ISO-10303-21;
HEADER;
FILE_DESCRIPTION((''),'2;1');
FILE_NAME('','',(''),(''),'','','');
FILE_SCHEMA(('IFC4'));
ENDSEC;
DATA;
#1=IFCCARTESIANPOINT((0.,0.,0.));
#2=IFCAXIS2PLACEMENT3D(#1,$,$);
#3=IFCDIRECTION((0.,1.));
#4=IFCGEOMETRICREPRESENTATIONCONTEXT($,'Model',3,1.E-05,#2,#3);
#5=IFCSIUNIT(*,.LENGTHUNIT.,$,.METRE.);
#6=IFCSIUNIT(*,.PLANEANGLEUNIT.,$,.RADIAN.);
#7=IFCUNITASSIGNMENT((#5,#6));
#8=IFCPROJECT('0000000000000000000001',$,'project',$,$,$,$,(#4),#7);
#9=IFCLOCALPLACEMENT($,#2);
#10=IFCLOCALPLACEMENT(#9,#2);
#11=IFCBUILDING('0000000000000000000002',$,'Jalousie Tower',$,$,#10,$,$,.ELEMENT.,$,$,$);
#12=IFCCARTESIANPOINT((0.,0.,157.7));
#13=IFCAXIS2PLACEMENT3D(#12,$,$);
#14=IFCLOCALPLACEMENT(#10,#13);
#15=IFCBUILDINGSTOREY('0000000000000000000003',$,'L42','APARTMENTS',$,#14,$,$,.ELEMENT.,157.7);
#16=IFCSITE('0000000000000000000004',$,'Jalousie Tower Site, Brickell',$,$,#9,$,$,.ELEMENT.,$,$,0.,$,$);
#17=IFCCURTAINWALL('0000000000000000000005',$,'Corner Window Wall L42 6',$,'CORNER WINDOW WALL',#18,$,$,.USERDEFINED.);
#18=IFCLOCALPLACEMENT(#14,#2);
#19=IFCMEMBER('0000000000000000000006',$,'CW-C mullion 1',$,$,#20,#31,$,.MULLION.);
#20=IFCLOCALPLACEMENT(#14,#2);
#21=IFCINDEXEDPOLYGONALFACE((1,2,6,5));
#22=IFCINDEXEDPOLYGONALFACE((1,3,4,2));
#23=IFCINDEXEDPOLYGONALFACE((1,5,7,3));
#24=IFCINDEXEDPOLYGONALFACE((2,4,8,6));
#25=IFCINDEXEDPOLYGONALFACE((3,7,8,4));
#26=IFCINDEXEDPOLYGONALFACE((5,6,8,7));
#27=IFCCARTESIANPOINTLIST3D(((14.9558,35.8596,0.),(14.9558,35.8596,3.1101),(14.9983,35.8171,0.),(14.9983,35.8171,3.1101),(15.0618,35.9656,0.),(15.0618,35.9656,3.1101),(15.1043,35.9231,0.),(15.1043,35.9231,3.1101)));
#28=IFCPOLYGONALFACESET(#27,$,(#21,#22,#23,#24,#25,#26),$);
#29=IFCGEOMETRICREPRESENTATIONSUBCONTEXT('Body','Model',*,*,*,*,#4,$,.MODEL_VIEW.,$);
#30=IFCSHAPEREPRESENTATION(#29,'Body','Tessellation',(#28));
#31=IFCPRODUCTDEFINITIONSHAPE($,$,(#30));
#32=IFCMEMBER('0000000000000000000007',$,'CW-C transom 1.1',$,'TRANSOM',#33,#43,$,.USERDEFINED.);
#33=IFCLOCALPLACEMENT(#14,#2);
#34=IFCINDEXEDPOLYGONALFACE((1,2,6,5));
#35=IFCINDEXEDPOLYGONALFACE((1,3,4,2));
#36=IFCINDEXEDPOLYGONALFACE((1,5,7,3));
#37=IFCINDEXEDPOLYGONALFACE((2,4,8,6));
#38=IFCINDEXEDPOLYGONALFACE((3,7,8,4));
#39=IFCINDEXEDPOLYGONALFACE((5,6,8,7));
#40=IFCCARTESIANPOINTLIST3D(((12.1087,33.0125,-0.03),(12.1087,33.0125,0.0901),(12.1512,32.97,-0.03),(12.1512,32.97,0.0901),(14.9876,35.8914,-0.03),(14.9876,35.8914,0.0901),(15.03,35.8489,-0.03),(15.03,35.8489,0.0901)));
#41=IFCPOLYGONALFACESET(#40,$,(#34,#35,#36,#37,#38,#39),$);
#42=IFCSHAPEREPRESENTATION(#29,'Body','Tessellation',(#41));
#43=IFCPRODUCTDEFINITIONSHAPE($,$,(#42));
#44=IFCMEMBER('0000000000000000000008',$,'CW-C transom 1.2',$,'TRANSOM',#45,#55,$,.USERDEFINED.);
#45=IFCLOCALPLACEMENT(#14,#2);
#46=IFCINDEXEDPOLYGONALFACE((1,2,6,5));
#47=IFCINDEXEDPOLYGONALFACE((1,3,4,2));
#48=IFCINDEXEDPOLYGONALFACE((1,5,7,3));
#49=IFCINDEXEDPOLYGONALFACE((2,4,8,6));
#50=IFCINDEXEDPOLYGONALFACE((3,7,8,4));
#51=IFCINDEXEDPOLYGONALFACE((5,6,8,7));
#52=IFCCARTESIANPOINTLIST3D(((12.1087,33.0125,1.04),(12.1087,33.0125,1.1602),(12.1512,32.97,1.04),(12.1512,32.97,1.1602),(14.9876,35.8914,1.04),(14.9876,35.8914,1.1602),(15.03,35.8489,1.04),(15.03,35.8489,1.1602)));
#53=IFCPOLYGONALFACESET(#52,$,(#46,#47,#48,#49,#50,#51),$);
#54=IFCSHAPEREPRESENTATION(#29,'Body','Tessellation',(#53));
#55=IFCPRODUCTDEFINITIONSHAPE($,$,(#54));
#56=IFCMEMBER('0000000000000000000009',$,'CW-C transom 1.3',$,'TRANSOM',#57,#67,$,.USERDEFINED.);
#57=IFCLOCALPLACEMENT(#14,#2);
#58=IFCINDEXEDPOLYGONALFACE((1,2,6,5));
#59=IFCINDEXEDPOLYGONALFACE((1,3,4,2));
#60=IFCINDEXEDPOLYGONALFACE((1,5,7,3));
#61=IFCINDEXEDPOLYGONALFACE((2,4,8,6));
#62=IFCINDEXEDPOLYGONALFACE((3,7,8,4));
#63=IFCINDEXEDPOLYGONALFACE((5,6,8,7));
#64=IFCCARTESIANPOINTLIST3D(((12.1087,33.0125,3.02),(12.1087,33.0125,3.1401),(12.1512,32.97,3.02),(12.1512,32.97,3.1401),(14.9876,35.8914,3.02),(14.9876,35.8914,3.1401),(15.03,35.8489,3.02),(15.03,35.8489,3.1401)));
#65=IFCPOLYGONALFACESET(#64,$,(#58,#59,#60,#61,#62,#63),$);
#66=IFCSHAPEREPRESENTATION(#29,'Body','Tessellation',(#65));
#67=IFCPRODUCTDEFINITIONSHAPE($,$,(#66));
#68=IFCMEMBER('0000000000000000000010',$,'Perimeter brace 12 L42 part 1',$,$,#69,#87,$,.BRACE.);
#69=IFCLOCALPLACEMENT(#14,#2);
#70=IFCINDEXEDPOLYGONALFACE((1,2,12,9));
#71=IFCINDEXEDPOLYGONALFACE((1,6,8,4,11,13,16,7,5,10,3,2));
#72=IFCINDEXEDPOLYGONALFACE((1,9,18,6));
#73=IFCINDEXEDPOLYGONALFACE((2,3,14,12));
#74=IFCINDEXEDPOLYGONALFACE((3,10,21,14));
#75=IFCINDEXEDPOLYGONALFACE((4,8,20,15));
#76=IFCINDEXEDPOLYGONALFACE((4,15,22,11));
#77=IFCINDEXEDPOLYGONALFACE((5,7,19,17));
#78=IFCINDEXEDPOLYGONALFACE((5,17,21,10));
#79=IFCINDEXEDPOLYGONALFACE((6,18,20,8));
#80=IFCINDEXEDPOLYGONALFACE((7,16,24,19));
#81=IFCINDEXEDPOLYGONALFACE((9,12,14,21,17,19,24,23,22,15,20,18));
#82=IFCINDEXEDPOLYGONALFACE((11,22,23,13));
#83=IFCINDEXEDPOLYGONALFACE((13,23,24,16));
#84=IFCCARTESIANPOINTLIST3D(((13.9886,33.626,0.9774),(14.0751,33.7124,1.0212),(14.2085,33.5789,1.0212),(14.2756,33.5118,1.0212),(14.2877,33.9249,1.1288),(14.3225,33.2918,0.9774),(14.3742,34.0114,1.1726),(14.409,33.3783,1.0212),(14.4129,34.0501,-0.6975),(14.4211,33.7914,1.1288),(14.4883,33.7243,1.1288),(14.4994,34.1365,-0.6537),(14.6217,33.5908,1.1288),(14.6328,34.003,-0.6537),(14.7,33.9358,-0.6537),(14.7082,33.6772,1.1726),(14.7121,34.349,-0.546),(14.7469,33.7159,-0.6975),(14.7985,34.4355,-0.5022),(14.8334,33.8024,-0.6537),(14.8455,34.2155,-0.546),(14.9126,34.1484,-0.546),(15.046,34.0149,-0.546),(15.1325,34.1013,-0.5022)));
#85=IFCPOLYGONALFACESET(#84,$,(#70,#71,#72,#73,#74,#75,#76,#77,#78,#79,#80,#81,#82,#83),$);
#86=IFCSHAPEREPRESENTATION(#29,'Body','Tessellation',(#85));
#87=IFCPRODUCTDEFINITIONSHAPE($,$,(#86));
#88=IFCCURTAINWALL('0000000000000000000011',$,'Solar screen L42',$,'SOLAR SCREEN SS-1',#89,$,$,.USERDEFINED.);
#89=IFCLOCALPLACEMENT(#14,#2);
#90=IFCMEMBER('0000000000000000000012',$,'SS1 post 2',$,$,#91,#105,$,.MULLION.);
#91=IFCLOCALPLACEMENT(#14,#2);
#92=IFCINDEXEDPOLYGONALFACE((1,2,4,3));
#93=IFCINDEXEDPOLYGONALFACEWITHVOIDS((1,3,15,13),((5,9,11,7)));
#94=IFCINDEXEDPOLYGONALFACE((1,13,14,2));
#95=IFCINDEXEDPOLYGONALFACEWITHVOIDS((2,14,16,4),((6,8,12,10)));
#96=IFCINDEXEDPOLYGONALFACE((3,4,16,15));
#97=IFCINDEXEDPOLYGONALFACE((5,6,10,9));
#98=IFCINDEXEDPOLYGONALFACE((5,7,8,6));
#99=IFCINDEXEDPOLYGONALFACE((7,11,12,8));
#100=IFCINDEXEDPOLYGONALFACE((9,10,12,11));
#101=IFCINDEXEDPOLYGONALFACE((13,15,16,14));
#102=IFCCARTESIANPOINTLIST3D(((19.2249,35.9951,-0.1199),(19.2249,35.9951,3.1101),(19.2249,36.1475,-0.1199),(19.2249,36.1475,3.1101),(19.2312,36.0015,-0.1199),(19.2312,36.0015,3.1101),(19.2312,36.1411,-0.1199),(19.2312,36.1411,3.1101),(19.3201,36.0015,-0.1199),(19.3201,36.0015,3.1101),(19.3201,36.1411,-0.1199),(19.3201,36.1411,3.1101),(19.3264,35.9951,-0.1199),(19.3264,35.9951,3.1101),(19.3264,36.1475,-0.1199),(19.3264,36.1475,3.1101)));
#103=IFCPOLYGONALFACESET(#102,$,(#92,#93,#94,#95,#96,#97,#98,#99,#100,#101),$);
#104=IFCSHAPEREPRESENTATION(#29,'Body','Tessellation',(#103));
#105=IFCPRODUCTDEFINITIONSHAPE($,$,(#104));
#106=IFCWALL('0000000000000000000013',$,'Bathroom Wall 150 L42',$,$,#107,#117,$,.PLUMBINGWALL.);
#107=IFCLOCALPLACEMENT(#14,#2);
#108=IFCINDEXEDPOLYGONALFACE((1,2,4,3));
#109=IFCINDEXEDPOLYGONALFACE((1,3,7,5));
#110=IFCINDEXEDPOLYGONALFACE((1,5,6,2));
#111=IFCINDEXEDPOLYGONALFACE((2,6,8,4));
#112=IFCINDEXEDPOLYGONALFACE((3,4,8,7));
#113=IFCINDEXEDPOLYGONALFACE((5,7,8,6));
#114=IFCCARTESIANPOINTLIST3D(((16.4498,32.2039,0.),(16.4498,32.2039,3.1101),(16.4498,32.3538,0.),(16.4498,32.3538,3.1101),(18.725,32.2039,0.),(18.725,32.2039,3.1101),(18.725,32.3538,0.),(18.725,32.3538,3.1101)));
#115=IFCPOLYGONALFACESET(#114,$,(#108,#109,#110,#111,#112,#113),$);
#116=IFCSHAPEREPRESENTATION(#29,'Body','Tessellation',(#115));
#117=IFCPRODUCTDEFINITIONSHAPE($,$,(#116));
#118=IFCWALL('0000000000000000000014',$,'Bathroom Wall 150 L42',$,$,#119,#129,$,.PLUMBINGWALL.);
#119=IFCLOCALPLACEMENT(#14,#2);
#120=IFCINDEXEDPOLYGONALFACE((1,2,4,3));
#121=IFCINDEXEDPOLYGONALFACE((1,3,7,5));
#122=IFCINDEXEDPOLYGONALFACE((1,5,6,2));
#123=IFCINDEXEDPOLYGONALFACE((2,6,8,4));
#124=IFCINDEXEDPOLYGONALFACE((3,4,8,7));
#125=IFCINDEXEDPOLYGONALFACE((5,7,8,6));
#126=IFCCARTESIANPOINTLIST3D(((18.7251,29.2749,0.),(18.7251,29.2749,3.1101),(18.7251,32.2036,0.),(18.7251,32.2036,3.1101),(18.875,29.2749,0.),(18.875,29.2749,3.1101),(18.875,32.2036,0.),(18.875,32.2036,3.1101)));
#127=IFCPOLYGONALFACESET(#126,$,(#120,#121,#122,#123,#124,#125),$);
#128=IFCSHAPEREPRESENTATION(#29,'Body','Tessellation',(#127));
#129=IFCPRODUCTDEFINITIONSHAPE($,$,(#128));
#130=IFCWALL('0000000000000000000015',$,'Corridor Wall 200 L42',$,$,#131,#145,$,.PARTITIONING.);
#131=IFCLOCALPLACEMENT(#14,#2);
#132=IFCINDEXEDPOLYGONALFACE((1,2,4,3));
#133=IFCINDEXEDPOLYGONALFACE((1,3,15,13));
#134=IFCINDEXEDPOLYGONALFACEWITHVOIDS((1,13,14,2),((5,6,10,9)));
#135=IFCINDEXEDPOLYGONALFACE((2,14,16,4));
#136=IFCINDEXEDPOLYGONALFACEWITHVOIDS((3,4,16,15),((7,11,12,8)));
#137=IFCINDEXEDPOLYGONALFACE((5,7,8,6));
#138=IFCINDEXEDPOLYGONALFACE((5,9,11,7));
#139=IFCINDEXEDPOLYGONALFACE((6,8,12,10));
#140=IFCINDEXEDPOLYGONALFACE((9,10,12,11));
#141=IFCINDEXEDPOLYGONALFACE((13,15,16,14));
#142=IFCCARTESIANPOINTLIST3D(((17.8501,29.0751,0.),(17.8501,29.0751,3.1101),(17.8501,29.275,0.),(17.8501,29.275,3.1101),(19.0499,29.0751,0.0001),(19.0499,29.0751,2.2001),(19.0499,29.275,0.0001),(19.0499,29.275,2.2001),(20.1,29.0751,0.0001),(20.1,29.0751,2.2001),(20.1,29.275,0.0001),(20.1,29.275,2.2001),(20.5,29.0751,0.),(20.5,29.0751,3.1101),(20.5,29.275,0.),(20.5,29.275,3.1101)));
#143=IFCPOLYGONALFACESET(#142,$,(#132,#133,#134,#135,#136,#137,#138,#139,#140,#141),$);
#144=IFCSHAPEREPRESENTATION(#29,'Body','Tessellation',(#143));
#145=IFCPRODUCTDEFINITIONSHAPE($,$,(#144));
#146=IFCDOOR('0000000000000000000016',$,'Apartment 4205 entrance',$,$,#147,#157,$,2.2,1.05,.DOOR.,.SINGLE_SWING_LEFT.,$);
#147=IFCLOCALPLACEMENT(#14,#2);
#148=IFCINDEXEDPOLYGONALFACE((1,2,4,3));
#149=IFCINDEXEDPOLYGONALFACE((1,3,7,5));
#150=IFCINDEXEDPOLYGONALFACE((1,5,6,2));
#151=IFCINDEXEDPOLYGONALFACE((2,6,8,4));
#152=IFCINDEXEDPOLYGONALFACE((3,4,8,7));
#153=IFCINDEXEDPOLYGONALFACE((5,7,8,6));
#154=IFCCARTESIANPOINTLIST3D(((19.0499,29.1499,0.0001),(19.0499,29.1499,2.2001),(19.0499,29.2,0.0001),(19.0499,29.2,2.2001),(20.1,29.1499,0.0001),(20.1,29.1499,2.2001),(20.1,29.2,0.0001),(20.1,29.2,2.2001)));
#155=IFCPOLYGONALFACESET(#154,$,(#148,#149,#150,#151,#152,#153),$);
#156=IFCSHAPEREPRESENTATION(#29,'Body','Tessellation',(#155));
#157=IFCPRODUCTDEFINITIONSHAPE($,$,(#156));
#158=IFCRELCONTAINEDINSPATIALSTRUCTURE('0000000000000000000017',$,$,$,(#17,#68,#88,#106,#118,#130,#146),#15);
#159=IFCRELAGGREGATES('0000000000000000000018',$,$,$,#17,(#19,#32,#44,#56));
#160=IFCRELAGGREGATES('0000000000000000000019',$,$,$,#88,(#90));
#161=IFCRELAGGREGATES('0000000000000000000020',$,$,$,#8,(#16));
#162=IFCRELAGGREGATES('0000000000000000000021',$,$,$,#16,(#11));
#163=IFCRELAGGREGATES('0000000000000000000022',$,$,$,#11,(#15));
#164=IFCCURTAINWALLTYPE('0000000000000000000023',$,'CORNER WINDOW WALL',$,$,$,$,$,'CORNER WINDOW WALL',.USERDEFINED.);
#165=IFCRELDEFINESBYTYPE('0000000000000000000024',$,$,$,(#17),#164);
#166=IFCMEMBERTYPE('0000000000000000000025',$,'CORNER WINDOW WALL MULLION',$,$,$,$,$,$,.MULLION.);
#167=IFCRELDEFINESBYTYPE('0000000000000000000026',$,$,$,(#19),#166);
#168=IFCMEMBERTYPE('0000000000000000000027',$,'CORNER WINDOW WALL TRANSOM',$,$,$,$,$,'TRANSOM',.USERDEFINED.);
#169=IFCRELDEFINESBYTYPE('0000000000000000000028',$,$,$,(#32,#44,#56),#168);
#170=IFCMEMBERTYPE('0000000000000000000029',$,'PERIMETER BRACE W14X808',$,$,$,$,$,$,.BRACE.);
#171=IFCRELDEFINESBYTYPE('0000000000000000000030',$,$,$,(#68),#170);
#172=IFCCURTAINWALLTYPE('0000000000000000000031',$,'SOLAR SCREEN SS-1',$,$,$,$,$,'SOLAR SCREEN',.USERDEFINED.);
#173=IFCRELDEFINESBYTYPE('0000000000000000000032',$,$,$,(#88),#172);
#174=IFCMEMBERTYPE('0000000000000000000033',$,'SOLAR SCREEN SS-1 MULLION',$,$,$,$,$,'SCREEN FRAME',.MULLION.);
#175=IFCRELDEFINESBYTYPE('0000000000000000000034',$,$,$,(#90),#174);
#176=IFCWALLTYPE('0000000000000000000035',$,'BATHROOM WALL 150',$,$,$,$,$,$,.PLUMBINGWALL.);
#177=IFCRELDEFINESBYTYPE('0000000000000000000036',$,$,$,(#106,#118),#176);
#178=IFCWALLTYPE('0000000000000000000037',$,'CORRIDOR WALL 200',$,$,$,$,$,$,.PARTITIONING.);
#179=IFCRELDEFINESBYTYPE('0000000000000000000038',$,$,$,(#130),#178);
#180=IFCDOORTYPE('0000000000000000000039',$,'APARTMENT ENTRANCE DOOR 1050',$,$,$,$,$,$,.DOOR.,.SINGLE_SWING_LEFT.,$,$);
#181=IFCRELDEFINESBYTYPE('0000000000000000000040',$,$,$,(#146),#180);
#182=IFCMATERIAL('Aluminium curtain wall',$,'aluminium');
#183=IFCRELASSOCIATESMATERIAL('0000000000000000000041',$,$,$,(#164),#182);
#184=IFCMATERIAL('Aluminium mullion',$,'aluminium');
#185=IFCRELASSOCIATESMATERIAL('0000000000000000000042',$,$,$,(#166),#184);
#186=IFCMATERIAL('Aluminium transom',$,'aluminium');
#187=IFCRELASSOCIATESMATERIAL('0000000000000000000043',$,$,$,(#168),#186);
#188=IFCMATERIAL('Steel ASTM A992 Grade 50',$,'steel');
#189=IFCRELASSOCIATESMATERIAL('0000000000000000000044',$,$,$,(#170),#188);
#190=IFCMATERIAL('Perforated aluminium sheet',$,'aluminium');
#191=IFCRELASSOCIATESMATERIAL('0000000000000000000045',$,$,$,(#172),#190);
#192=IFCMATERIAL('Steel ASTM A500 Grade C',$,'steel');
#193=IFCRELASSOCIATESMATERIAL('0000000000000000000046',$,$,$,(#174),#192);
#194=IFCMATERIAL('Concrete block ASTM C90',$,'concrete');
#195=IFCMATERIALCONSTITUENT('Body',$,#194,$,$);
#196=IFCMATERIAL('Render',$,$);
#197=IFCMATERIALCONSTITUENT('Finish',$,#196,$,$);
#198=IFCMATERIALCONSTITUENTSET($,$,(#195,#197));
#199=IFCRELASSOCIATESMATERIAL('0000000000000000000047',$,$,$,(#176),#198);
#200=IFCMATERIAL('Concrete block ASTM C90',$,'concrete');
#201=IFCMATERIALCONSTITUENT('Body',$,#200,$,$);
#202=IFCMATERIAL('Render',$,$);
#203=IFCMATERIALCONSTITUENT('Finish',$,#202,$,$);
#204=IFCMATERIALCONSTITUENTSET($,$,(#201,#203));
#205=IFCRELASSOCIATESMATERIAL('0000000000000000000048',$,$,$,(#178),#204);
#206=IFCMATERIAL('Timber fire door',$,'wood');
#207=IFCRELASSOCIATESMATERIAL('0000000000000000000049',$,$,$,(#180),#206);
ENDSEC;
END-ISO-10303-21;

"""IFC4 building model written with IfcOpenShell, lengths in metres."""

from ifc_helpers import new_model, si_unit, direction, frame, frame_2d, origin, origin_2d, place, context, subcontext, project, spatial, rectangle, hollow_rectangle, i_section, extrude, material, constituent, constituent_set, material_profile, profile_set, type_object, element, fill, aggregate, save


model = new_model("IFC4")

# Units and contexts
model_context = context("Model", 3, precision=1e-05, world=origin(), true_north=direction((0.0, 1.0)))
body_context = subcontext(model_context, "Body", "Model", "MODEL_VIEW")
ifc_project = project(units=[si_unit("LENGTHUNIT", "METRE"), si_unit("PLANEANGLEUNIT", "RADIAN")], contexts=[model_context])

# Site, building, storey
site_placement = place(None, origin())
site = spatial("IfcSite", under=ifc_project, at=site_placement, Name="Jalousie Tower Site, Brickell", CompositionType="ELEMENT", RefElevation=0.0)
building_placement = place(site_placement, origin())
building = spatial("IfcBuilding", under=site, at=building_placement, Name="Jalousie Tower", CompositionType="ELEMENT")
storey_placement = place(building_placement, frame((0.0, 0.0, 157.7)))
storey = spatial("IfcBuildingStorey", under=building, at=storey_placement, Name="L42", Description="APARTMENTS", CompositionType="ELEMENT", Elevation=157.7)

# Curtain wall, members
ifc_material_1 = material(Name="Aluminium curtain wall", Category="aluminium")
curtain_wall_type_1 = type_object("IfcCurtainWallType", Name="CORNER WINDOW WALL", ElementType="CORNER WINDOW WALL", PredefinedType="USERDEFINED", material=ifc_material_1)
curtain_wall_1_placement = place(storey_placement, origin())
curtain_wall_1 = element("IfcCurtainWall", 1, at=curtain_wall_1_placement, inside=storey, type_object=curtain_wall_type_1, Name="Corner Window Wall L42 6", ObjectType="CORNER WINDOW WALL", PredefinedType="USERDEFINED")
ifc_material_2 = material(Name="Aluminium mullion", Category="aluminium")
ifc_material_profile_1 = material_profile(ifc_material_2, rectangle(XDim=0.0601, YDim=0.1499, at=origin_2d()), Name="MULLION 60x150")
ifc_profile_set_1 = profile_set([ifc_material_profile_1], Name="Aluminium mullion")
member_type_1 = type_object("IfcMemberType", Name="CORNER WINDOW WALL MULLION", PredefinedType="MULLION", material=ifc_profile_set_1)
member_1_placement = place(storey_placement, frame((15.03, 35.8914, 0.0), z_axis=(0.0, 0.0, 1.0), x_axis=(0.707107, -0.707107, 0.0)))
member_1 = element("IfcMember", 2, at=member_1_placement, type_object=member_type_1, Name="CW-C mullion 1", PredefinedType="MULLION", context=body_context, shape_type="SweptSolid", body=[
    extrude(rectangle(XDim=0.0601, YDim=0.1499, at=origin_2d()), origin(), (0.0, 0.0, 1.0), 3.1101),
])
ifc_material_3 = material(Name="Aluminium transom", Category="aluminium")
ifc_material_profile_2 = material_profile(ifc_material_3, rectangle(XDim=0.0601, YDim=0.1201, at=origin_2d()), Name="TRANSOM 60x120")
ifc_profile_set_2 = profile_set([ifc_material_profile_2], Name="Aluminium transom")
member_type_2 = type_object("IfcMemberType", Name="CORNER WINDOW WALL TRANSOM", ElementType="TRANSOM", PredefinedType="USERDEFINED", material=ifc_profile_set_2)
member_2_placement = place(storey_placement, frame((15.0088, 35.8701, 0.03), z_axis=(-0.707107, -0.707107, 0.0), x_axis=(0.707107, -0.707107, 0.0)))
member_2 = element("IfcMember", 3, at=member_2_placement, type_object=member_type_2, Name="CW-C transom 1.1", ObjectType="TRANSOM", PredefinedType="USERDEFINED", context=body_context, shape_type="SweptSolid", body=[
    extrude(rectangle(XDim=0.0601, YDim=0.1201, at=origin_2d()), origin(), (0.0, 0.0, 1.0), 4.0713),
])
member_3_placement = place(storey_placement, frame((15.0088, 35.8701, 1.1001), z_axis=(-0.707107, -0.707107, 0.0), x_axis=(0.707107, -0.707107, 0.0)))
member_3 = element("IfcMember", 4, at=member_3_placement, type_object=member_type_2, Name="CW-C transom 1.2", ObjectType="TRANSOM", PredefinedType="USERDEFINED", context=body_context, shape_type="SweptSolid", body=[
    extrude(rectangle(XDim=0.0601, YDim=0.1201, at=origin_2d()), origin(), (0.0, 0.0, 1.0), 4.0713),
])
member_4_placement = place(storey_placement, frame((15.0088, 35.8701, 3.0801), z_axis=(-0.707107, -0.707107, 0.0), x_axis=(0.707107, -0.707107, 0.0)))
member_4 = element("IfcMember", 5, at=member_4_placement, type_object=member_type_2, Name="CW-C transom 1.3", ObjectType="TRANSOM", PredefinedType="USERDEFINED", context=body_context, shape_type="SweptSolid", body=[
    extrude(rectangle(XDim=0.0601, YDim=0.1201, at=origin_2d()), origin(), (0.0, 0.0, 1.0), 4.0713),
])
aggregate(curtain_wall_1, [member_1, member_2, member_3, member_4])

# Member
ifc_material_4 = material(Name="Steel ASTM A992 Grade 50", Category="steel")
ifc_material_profile_3 = material_profile(ifc_material_4, i_section(OverallWidth=0.4724, OverallDepth=0.5791, WebThickness=0.095, FlangeThickness=0.1299, at=origin_2d()), Name="W14X808")
ifc_profile_set_3 = profile_set([ifc_material_profile_3], Name="Steel ASTM A992 Grade 50")
member_type_3 = type_object("IfcMemberType", Name="PERIMETER BRACE W14X808", PredefinedType="BRACE", material=ifc_profile_set_3)
member_5_placement = place(storey_placement, frame((14.7727, 34.0757, -0.5999), z_axis=(-0.238514, -0.238376, 0.941429), x_axis=(0.706903, -0.70731, 0.0)))
element("IfcMember", 6, at=member_5_placement, inside=storey, type_object=member_type_3, Name="Perimeter brace 12 L42 part 1", PredefinedType="BRACE", context=body_context, shape_type="SweptSolid", body=[
    extrude(i_section(OverallWidth=0.4724, OverallDepth=0.5791, WebThickness=0.095, FlangeThickness=0.1299, at=origin_2d()), origin(), (0.0, 0.0, 1.0), 1.7791),
])

# Curtain wall, member
ifc_material_5 = material(Name="Perforated aluminium sheet", Category="aluminium")
curtain_wall_type_2 = type_object("IfcCurtainWallType", Name="SOLAR SCREEN SS-1", ElementType="SOLAR SCREEN", PredefinedType="USERDEFINED", material=ifc_material_5)
curtain_wall_2_placement = place(storey_placement, origin())
curtain_wall_2 = element("IfcCurtainWall", 7, at=curtain_wall_2_placement, inside=storey, type_object=curtain_wall_type_2, Name="Solar screen L42", ObjectType="SOLAR SCREEN SS-1", PredefinedType="USERDEFINED")
ifc_material_6 = material(Name="Steel ASTM A500 Grade C", Category="steel")
ifc_material_profile_4 = material_profile(ifc_material_6, hollow_rectangle(XDim=0.1016, YDim=0.1523, WallThickness=0.0063, at=origin_2d()), Name="HSS6X4X1/4")
ifc_profile_set_4 = profile_set([ifc_material_profile_4], Name="Steel ASTM A500 Grade C")
member_type_4 = type_object("IfcMemberType", Name="SOLAR SCREEN SS-1 MULLION", ElementType="SCREEN FRAME", PredefinedType="MULLION", material=ifc_profile_set_4)
member_6_placement = place(storey_placement, frame((19.2756, 36.0713, -0.1199), z_axis=(0.0, 0.0, 1.0), x_axis=(-1.0, 0.0, 0.0)))
member_6 = element("IfcMember", 8, at=member_6_placement, type_object=member_type_4, Name="SS1 post 2", PredefinedType="MULLION", context=body_context, shape_type="SweptSolid", body=[
    extrude(hollow_rectangle(XDim=0.1016, YDim=0.1523, WallThickness=0.0063, at=origin_2d()), origin(), (0.0, 0.0, 1.0), 3.23),
])
aggregate(curtain_wall_2, [member_6])

# Walls
ifc_material_7 = material(Name="Concrete block ASTM C90", Category="concrete")
ifc_constituent_1 = constituent(ifc_material_7, Name="Body")
ifc_material_8 = material(Name="Render")
ifc_constituent_2 = constituent(ifc_material_8, Name="Finish")
ifc_constituent_set_1 = constituent_set(constituents=[ifc_constituent_1, ifc_constituent_2])
wall_type_1 = type_object("IfcWallType", Name="BATHROOM WALL 150", PredefinedType="PLUMBINGWALL", material=ifc_constituent_set_1)
wall_1_placement = place(storey_placement, frame((18.7251, 32.2788, 0.0), z_axis=(0.0, 0.0, 1.0), x_axis=(-1.0, 0.0, 0.0)))
element("IfcWall", 9, at=wall_1_placement, inside=storey, type_object=wall_type_1, Name="Bathroom Wall 150 L42", PredefinedType="PLUMBINGWALL", context=body_context, shape_type="SweptSolid", body=[
    extrude(rectangle(XDim=2.2751, YDim=0.1499, at=frame_2d((1.1377, 0.0))), origin(), (0.0, 0.0, 1.0), 3.1101),
])
wall_2_placement = place(storey_placement, frame((18.8, 32.2036, 0.0), z_axis=(0.0, 0.0, 1.0), x_axis=(0.0, -1.0, 0.0)))
element("IfcWall", 10, at=wall_2_placement, inside=storey, type_object=wall_type_1, Name="Bathroom Wall 150 L42", PredefinedType="PLUMBINGWALL", context=body_context, shape_type="SweptSolid", body=[
    extrude(rectangle(XDim=2.9287, YDim=0.1499, at=frame_2d((1.4644, 0.0))), origin(), (0.0, 0.0, 1.0), 3.1101),
])

# Wall, opening, door
ifc_material_9 = material(Name="Concrete block ASTM C90", Category="concrete")
ifc_constituent_3 = constituent(ifc_material_9, Name="Body")
ifc_material_10 = material(Name="Render")
ifc_constituent_4 = constituent(ifc_material_10, Name="Finish")
ifc_constituent_set_2 = constituent_set(constituents=[ifc_constituent_3, ifc_constituent_4])
wall_type_2 = type_object("IfcWallType", Name="CORRIDOR WALL 200", PredefinedType="PARTITIONING", material=ifc_constituent_set_2)
wall_3_placement = place(storey_placement, frame((17.8501, 29.175, 0.0), z_axis=(0.0, 0.0, 1.0), x_axis=(1.0, 0.0, 0.0)))
wall_3 = element("IfcWall", 11, at=wall_3_placement, inside=storey, type_object=wall_type_2, Name="Corridor Wall 200 L42", PredefinedType="PARTITIONING", context=body_context, shape_type="SweptSolid", body=[
    extrude(rectangle(XDim=2.6499, YDim=0.2, at=frame_2d((1.325, 0.0))), origin(), (0.0, 0.0, 1.0), 3.1101),
])
opening_1_placement = place(wall_3_placement, frame((1.2, 0.0, 0.0)))
opening_1 = element("IfcOpeningElement", 12, at=opening_1_placement, cuts=wall_3, PredefinedType="OPENING", context=body_context, shape_type="SweptSolid", body=[
    extrude(rectangle(XDim=1.05, YDim=2.2, at=frame_2d((0.5249, 1.1001))), frame((0.0, 0.1099, 0.0), z_axis=(0.0, -1.0, 0.0), x_axis=(1.0, 0.0, 0.0)), (0.0, 0.0, 1.0), 0.22),
])
ifc_material_11 = material(Name="Timber fire door", Category="wood")
door_type_1 = type_object("IfcDoorType", Name="APARTMENT ENTRANCE DOOR 1050", OperationType="SINGLE_SWING_LEFT", PredefinedType="DOOR", material=ifc_material_11)
door_1_placement = place(opening_1_placement, origin())
door_1 = element("IfcDoor", 13, at=door_1_placement, inside=storey, type_object=door_type_1, Name="Apartment 4205 entrance", OperationType="SINGLE_SWING_LEFT", OverallHeight=2.2, OverallWidth=1.05, PredefinedType="DOOR", context=body_context, shape_type="SweptSolid", body=[
    extrude(rectangle(XDim=1.05, YDim=2.2, at=frame_2d((0.5249, 1.1001))), frame((0.0, 0.0249, 0.0), z_axis=(0.0, -1.0, 0.0), x_axis=(1.0, 0.0, 0.0)), (0.0, 0.0, 1.0), 0.05),
])
fill(opening_1, door_1)

save(model, "model.ifc")
